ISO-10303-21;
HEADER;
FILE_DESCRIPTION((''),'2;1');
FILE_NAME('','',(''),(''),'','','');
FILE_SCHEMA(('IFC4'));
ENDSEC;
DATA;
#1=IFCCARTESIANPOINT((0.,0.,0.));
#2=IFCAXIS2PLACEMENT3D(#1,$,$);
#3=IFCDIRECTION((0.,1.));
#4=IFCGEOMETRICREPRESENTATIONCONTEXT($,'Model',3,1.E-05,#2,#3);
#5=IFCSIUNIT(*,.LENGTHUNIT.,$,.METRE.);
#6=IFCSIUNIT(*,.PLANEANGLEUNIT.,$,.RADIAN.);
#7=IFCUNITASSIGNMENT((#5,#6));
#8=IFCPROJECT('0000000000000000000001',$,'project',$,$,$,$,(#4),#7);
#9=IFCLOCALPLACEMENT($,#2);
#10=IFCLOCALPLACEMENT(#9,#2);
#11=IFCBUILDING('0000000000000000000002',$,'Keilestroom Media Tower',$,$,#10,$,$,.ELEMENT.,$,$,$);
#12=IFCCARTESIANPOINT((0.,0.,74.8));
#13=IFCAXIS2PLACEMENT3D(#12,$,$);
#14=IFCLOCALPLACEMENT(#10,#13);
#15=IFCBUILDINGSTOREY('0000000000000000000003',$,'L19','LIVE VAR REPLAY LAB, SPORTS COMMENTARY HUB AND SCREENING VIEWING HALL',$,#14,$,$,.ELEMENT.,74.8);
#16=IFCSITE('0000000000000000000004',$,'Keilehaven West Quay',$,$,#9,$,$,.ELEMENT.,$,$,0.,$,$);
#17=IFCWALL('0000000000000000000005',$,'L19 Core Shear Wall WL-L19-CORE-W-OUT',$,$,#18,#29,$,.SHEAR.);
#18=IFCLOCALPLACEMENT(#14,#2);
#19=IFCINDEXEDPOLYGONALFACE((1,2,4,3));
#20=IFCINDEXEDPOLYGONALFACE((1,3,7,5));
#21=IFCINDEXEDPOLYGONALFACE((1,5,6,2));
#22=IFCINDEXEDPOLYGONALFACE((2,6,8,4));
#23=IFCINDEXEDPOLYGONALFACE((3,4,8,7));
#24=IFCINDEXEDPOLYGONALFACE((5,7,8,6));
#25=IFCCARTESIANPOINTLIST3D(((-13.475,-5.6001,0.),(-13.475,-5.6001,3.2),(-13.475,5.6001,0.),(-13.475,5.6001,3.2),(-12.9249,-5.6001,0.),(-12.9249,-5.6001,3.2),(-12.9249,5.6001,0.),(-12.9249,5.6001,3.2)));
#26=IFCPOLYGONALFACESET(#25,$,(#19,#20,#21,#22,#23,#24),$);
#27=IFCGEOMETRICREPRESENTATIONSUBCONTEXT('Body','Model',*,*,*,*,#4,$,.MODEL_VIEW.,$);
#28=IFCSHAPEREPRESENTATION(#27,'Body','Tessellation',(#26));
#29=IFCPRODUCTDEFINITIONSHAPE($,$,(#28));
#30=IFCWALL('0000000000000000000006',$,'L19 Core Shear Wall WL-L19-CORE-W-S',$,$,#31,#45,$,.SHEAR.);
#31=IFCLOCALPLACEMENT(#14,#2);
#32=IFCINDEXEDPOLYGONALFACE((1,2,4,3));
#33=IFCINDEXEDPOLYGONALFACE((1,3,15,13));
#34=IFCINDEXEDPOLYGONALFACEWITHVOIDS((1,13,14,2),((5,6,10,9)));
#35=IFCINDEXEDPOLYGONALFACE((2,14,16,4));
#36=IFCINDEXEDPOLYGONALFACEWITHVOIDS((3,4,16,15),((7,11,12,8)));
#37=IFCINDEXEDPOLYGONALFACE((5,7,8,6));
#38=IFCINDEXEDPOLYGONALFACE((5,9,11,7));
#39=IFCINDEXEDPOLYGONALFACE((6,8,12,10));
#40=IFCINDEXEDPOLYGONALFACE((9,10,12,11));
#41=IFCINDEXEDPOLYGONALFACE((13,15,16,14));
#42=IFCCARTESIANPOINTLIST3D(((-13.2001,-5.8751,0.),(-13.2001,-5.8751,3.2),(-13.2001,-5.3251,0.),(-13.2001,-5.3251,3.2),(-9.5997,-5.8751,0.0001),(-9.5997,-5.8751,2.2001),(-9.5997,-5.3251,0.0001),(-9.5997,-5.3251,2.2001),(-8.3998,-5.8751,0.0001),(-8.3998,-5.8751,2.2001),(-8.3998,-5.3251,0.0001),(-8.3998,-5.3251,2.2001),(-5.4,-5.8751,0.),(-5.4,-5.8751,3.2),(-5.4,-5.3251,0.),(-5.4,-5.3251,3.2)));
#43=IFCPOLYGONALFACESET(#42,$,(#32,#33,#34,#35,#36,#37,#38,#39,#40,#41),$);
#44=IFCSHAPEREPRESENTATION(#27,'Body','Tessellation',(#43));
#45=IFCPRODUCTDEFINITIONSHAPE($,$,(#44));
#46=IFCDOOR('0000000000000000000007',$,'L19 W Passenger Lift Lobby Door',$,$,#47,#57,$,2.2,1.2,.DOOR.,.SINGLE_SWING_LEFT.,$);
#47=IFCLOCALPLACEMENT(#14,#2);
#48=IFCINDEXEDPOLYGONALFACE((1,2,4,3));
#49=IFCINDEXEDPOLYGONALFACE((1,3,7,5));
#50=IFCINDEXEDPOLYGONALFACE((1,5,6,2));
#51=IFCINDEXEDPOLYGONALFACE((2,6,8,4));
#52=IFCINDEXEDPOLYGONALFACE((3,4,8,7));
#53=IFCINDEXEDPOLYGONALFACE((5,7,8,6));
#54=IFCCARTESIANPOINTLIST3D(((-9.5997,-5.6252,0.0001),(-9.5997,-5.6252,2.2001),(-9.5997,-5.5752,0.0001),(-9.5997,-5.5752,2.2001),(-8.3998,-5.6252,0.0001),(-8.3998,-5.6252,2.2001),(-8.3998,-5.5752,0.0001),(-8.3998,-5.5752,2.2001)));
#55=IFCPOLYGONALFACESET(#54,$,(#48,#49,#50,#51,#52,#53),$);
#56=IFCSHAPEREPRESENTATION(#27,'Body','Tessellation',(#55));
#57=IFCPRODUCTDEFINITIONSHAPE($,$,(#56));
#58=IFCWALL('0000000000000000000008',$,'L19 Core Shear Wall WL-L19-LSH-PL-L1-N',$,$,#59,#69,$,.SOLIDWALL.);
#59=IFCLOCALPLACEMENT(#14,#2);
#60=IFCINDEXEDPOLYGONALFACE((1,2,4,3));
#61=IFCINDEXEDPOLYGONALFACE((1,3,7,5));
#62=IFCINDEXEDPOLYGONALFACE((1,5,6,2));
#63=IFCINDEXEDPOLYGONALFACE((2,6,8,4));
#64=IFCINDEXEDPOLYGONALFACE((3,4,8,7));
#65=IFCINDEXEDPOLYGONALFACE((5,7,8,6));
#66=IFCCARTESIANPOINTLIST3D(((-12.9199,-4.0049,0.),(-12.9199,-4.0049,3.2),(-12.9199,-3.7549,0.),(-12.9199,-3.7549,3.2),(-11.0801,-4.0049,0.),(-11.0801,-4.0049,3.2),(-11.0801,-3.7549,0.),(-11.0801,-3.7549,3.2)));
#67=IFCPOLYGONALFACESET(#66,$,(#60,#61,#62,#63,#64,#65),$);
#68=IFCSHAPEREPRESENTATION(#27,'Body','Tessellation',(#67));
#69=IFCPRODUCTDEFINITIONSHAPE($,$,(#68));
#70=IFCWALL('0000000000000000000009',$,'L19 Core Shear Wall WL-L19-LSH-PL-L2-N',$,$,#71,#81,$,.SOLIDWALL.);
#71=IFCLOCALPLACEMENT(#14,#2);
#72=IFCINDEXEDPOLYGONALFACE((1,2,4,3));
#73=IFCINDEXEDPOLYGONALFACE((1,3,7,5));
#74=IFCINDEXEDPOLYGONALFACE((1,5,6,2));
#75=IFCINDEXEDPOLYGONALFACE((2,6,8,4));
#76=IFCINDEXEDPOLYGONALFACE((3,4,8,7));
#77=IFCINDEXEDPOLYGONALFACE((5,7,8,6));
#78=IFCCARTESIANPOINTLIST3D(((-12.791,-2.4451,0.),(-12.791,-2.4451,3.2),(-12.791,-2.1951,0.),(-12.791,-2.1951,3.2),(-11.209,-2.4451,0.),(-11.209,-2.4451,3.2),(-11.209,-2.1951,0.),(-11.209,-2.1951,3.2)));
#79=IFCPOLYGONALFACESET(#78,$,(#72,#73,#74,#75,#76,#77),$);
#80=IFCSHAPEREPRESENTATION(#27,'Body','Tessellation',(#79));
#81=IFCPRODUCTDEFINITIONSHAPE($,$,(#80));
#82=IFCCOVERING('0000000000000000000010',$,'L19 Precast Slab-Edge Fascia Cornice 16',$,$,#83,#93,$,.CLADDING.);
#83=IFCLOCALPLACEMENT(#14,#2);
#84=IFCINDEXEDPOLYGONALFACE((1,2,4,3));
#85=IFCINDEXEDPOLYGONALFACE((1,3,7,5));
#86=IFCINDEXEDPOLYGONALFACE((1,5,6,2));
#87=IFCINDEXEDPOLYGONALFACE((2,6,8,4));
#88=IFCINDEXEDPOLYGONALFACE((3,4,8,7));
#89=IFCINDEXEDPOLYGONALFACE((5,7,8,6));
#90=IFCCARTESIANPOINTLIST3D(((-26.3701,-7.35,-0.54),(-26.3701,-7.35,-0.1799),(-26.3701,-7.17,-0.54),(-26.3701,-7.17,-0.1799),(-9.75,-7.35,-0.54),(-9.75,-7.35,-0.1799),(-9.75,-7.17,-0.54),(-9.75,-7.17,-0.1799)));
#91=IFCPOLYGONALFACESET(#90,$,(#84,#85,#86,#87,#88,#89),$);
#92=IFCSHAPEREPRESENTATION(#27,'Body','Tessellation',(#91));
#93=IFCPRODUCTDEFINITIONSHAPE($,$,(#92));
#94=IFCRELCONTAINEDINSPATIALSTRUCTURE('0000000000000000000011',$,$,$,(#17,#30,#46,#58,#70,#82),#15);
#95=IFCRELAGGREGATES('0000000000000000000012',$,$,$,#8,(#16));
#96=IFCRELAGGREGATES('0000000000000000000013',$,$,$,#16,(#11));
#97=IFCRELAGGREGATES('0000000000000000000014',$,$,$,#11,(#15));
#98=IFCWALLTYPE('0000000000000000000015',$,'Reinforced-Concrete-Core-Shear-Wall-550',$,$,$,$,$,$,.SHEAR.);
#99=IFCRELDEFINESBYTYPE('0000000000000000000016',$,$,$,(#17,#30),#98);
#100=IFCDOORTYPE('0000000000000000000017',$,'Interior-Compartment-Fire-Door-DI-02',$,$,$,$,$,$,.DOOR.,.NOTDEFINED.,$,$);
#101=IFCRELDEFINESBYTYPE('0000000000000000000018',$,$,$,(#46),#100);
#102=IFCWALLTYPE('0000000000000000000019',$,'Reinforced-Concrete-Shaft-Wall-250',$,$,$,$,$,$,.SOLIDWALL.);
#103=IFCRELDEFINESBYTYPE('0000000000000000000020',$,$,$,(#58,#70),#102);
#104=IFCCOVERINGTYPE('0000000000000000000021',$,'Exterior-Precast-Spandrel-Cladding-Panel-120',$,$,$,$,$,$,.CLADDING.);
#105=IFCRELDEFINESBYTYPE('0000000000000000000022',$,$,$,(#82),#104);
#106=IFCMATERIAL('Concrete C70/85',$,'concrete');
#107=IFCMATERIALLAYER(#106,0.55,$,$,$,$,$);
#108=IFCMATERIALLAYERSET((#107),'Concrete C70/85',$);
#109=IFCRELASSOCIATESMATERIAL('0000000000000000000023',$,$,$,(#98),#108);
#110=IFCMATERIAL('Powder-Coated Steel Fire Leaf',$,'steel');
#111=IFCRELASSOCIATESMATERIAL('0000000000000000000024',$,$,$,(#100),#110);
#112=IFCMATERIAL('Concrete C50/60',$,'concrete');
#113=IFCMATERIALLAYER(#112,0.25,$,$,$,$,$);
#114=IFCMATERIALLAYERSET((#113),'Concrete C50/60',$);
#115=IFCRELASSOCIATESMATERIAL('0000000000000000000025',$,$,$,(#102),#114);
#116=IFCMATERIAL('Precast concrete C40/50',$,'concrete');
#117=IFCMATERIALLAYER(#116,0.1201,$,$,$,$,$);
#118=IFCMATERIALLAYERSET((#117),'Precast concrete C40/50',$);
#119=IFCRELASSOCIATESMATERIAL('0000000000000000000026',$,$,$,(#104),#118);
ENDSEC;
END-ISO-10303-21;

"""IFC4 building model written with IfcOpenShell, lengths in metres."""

from ifc_helpers import new_model, si_unit, direction, frame, frame_2d, origin, origin_2d, place, context, subcontext, project, spatial, rectangle, extrude, source, transform, mapped, material, layer, layer_set, type_object, element, fill, save


model = new_model("IFC4")

# Units and contexts
model_context = context("Model", 3, precision=1e-05, world=origin(), true_north=direction((0.0, 1.0)))
body_context = subcontext(model_context, "Body", "Model", "MODEL_VIEW")
ifc_project = project(units=[si_unit("LENGTHUNIT", "METRE"), si_unit("PLANEANGLEUNIT", "RADIAN")], contexts=[model_context])

# Site, building, storey
site_placement = place(None, origin())
site = spatial("IfcSite", under=ifc_project, at=site_placement, Name="Keilehaven West Quay", CompositionType="ELEMENT", RefElevation=0.0)
building_placement = place(site_placement, origin())
building = spatial("IfcBuilding", under=site, at=building_placement, Name="Keilestroom Media Tower", CompositionType="ELEMENT")
storey_placement = place(building_placement, frame((0.0, 0.0, 74.8)))
storey = spatial("IfcBuildingStorey", under=building, at=storey_placement, Name="L19", Description="LIVE VAR REPLAY LAB, SPORTS COMMENTARY HUB AND SCREENING VIEWING HALL", CompositionType="ELEMENT", Elevation=74.8)

# Shared definitions
ifc_material_1 = material(Name="Precast concrete C40/50", Category="concrete")

# Wall
ifc_material_2 = material(Name="Concrete C70/85", Category="concrete")
ifc_layer_1 = layer(ifc_material_2, 0.55)
ifc_layer_set_1 = layer_set([ifc_layer_1], Name="Concrete C70/85")
wall_type_1 = type_object("IfcWallType", Name="Reinforced-Concrete-Core-Shear-Wall-550", PredefinedType="SHEAR", material=ifc_layer_set_1)
wall_1_placement = place(storey_placement, frame((-13.2, -5.6001, 0.0), z_axis=(0.0, 0.0, 1.0), x_axis=(0.0, 1.0, 0.0)))
element("IfcWall", 1, at=wall_1_placement, inside=storey, type_object=wall_type_1, Name="L19 Core Shear Wall WL-L19-CORE-W-OUT", PredefinedType="SHEAR", context=body_context, shape_type="SweptSolid", body=[
    extrude(rectangle(XDim=11.2002, YDim=0.55, at=frame_2d((5.6001, 0.0))), origin(), (0.0, 0.0, 1.0), 3.2),
])

# Wall, opening, door
wall_2_placement = place(storey_placement, frame((-13.2, -5.6001, 0.0), z_axis=(0.0, 0.0, 1.0), x_axis=(1.0, 0.0, 0.0)))
wall_2 = element("IfcWall", 2, at=wall_2_placement, inside=storey, type_object=wall_type_1, Name="L19 Core Shear Wall WL-L19-CORE-W-S", PredefinedType="SHEAR", context=body_context, shape_type="SweptSolid", body=[
    extrude(rectangle(XDim=7.8, YDim=0.55, at=frame_2d((3.8999, 0.0))), origin(), (0.0, 0.0, 1.0), 3.2),
])
opening_1_placement = place(wall_2_placement, frame((3.6001, 0.0, 0.0)))
opening_1 = element("IfcOpeningElement", 3, at=opening_1_placement, cuts=wall_2, PredefinedType="OPENING", context=body_context, shape_type="SweptSolid", body=[
    extrude(rectangle(XDim=1.2, YDim=2.2, at=frame_2d((0.6001, 1.1001))), frame((0.0, 0.2852, 0.0), z_axis=(0.0, -1.0, 0.0), x_axis=(1.0, 0.0, 0.0)), (0.0, 0.0, 1.0), 0.5701),
])
ifc_material_3 = material(Name="Powder-Coated Steel Fire Leaf", Category="steel")
door_type_1 = type_object("IfcDoorType", Name="Interior-Compartment-Fire-Door-DI-02", OperationType="NOTDEFINED", PredefinedType="DOOR", material=ifc_material_3)
shared_shape_1 = source(origin(), body_context, "Body", "SweptSolid", [
    extrude(rectangle(XDim=1.2, YDim=2.2, at=frame_2d((0.6001, 1.1001))), frame((0.0, 0.0249, 0.0), z_axis=(0.0, -1.0, 0.0), x_axis=(1.0, 0.0, 0.0)), (0.0, 0.0, 1.0), 0.05),
])
door_1_placement = place(opening_1_placement, origin())
door_1 = element("IfcDoor", 4, at=door_1_placement, inside=storey, type_object=door_type_1, Name="L19 W Passenger Lift Lobby Door", OperationType="SINGLE_SWING_LEFT", OverallHeight=2.2, OverallWidth=1.2, PredefinedType="DOOR", context=body_context, shape_type="MappedRepresentation", body=[
    mapped(shared_shape_1, transform((0.0, 0.0, 0.0), x_axis=(1.0, 0.0, 0.0), y_axis=(0.0, 1.0, 0.0), z_axis=(0.0, 0.0, 1.0), scale=1.0)),
])
fill(opening_1, door_1)

# Walls
ifc_material_4 = material(Name="Concrete C50/60", Category="concrete")
ifc_layer_2 = layer(ifc_material_4, 0.25)
ifc_layer_set_2 = layer_set([ifc_layer_2], Name="Concrete C50/60")
wall_type_2 = type_object("IfcWallType", Name="Reinforced-Concrete-Shaft-Wall-250", PredefinedType="SOLIDWALL", material=ifc_layer_set_2)
wall_3_placement = place(storey_placement, frame((-12.9199, -3.8799, 0.0), z_axis=(0.0, 0.0, 1.0), x_axis=(1.0, 0.0, 0.0)))
element("IfcWall", 5, at=wall_3_placement, inside=storey, type_object=wall_type_2, Name="L19 Core Shear Wall WL-L19-LSH-PL-L1-N", PredefinedType="SOLIDWALL", context=body_context, shape_type="SweptSolid", body=[
    extrude(rectangle(XDim=1.8398, YDim=0.25, at=frame_2d((0.9199, 0.0))), origin(), (0.0, 0.0, 1.0), 3.2),
])
wall_4_placement = place(storey_placement, frame((-12.791, -2.3201, 0.0), z_axis=(0.0, 0.0, 1.0), x_axis=(1.0, 0.0, 0.0)))
element("IfcWall", 6, at=wall_4_placement, inside=storey, type_object=wall_type_2, Name="L19 Core Shear Wall WL-L19-LSH-PL-L2-N", PredefinedType="SOLIDWALL", context=body_context, shape_type="SweptSolid", body=[
    extrude(rectangle(XDim=1.582, YDim=0.25, at=frame_2d((0.791, 0.0))), origin(), (0.0, 0.0, 1.0), 3.2),
])

# Covering
ifc_layer_3 = layer(ifc_material_1, 0.1201)
ifc_layer_set_3 = layer_set([ifc_layer_3], Name="Precast concrete C40/50")
covering_type = type_object("IfcCoveringType", Name="Exterior-Precast-Spandrel-Cladding-Panel-120", PredefinedType="CLADDING", material=ifc_layer_set_3)
shared_shape_2 = source(origin(), body_context, "Body", "SweptSolid", [
    extrude(rectangle(XDim=16.6201, YDim=0.1799, at=origin_2d()), origin(), (0.0, 0.0, 1.0), 0.3601),
])
covering_placement = place(storey_placement, frame((-18.0601, -7.26, -0.54), z_axis=(0.0, 0.0, 1.0), x_axis=(-1.0, 0.0, 0.0)))
element("IfcCovering", 7, at=covering_placement, inside=storey, type_object=covering_type, Name="L19 Precast Slab-Edge Fascia Cornice 16", PredefinedType="CLADDING", context=body_context, shape_type="MappedRepresentation", body=[
    mapped(shared_shape_2, transform((0.0, 0.0, 0.0), x_axis=(1.0, 0.0, 0.0), y_axis=(0.0, 1.0, 0.0), z_axis=(0.0, 0.0, 1.0), scale=1.0)),
])

save(model, "model.ifc")
